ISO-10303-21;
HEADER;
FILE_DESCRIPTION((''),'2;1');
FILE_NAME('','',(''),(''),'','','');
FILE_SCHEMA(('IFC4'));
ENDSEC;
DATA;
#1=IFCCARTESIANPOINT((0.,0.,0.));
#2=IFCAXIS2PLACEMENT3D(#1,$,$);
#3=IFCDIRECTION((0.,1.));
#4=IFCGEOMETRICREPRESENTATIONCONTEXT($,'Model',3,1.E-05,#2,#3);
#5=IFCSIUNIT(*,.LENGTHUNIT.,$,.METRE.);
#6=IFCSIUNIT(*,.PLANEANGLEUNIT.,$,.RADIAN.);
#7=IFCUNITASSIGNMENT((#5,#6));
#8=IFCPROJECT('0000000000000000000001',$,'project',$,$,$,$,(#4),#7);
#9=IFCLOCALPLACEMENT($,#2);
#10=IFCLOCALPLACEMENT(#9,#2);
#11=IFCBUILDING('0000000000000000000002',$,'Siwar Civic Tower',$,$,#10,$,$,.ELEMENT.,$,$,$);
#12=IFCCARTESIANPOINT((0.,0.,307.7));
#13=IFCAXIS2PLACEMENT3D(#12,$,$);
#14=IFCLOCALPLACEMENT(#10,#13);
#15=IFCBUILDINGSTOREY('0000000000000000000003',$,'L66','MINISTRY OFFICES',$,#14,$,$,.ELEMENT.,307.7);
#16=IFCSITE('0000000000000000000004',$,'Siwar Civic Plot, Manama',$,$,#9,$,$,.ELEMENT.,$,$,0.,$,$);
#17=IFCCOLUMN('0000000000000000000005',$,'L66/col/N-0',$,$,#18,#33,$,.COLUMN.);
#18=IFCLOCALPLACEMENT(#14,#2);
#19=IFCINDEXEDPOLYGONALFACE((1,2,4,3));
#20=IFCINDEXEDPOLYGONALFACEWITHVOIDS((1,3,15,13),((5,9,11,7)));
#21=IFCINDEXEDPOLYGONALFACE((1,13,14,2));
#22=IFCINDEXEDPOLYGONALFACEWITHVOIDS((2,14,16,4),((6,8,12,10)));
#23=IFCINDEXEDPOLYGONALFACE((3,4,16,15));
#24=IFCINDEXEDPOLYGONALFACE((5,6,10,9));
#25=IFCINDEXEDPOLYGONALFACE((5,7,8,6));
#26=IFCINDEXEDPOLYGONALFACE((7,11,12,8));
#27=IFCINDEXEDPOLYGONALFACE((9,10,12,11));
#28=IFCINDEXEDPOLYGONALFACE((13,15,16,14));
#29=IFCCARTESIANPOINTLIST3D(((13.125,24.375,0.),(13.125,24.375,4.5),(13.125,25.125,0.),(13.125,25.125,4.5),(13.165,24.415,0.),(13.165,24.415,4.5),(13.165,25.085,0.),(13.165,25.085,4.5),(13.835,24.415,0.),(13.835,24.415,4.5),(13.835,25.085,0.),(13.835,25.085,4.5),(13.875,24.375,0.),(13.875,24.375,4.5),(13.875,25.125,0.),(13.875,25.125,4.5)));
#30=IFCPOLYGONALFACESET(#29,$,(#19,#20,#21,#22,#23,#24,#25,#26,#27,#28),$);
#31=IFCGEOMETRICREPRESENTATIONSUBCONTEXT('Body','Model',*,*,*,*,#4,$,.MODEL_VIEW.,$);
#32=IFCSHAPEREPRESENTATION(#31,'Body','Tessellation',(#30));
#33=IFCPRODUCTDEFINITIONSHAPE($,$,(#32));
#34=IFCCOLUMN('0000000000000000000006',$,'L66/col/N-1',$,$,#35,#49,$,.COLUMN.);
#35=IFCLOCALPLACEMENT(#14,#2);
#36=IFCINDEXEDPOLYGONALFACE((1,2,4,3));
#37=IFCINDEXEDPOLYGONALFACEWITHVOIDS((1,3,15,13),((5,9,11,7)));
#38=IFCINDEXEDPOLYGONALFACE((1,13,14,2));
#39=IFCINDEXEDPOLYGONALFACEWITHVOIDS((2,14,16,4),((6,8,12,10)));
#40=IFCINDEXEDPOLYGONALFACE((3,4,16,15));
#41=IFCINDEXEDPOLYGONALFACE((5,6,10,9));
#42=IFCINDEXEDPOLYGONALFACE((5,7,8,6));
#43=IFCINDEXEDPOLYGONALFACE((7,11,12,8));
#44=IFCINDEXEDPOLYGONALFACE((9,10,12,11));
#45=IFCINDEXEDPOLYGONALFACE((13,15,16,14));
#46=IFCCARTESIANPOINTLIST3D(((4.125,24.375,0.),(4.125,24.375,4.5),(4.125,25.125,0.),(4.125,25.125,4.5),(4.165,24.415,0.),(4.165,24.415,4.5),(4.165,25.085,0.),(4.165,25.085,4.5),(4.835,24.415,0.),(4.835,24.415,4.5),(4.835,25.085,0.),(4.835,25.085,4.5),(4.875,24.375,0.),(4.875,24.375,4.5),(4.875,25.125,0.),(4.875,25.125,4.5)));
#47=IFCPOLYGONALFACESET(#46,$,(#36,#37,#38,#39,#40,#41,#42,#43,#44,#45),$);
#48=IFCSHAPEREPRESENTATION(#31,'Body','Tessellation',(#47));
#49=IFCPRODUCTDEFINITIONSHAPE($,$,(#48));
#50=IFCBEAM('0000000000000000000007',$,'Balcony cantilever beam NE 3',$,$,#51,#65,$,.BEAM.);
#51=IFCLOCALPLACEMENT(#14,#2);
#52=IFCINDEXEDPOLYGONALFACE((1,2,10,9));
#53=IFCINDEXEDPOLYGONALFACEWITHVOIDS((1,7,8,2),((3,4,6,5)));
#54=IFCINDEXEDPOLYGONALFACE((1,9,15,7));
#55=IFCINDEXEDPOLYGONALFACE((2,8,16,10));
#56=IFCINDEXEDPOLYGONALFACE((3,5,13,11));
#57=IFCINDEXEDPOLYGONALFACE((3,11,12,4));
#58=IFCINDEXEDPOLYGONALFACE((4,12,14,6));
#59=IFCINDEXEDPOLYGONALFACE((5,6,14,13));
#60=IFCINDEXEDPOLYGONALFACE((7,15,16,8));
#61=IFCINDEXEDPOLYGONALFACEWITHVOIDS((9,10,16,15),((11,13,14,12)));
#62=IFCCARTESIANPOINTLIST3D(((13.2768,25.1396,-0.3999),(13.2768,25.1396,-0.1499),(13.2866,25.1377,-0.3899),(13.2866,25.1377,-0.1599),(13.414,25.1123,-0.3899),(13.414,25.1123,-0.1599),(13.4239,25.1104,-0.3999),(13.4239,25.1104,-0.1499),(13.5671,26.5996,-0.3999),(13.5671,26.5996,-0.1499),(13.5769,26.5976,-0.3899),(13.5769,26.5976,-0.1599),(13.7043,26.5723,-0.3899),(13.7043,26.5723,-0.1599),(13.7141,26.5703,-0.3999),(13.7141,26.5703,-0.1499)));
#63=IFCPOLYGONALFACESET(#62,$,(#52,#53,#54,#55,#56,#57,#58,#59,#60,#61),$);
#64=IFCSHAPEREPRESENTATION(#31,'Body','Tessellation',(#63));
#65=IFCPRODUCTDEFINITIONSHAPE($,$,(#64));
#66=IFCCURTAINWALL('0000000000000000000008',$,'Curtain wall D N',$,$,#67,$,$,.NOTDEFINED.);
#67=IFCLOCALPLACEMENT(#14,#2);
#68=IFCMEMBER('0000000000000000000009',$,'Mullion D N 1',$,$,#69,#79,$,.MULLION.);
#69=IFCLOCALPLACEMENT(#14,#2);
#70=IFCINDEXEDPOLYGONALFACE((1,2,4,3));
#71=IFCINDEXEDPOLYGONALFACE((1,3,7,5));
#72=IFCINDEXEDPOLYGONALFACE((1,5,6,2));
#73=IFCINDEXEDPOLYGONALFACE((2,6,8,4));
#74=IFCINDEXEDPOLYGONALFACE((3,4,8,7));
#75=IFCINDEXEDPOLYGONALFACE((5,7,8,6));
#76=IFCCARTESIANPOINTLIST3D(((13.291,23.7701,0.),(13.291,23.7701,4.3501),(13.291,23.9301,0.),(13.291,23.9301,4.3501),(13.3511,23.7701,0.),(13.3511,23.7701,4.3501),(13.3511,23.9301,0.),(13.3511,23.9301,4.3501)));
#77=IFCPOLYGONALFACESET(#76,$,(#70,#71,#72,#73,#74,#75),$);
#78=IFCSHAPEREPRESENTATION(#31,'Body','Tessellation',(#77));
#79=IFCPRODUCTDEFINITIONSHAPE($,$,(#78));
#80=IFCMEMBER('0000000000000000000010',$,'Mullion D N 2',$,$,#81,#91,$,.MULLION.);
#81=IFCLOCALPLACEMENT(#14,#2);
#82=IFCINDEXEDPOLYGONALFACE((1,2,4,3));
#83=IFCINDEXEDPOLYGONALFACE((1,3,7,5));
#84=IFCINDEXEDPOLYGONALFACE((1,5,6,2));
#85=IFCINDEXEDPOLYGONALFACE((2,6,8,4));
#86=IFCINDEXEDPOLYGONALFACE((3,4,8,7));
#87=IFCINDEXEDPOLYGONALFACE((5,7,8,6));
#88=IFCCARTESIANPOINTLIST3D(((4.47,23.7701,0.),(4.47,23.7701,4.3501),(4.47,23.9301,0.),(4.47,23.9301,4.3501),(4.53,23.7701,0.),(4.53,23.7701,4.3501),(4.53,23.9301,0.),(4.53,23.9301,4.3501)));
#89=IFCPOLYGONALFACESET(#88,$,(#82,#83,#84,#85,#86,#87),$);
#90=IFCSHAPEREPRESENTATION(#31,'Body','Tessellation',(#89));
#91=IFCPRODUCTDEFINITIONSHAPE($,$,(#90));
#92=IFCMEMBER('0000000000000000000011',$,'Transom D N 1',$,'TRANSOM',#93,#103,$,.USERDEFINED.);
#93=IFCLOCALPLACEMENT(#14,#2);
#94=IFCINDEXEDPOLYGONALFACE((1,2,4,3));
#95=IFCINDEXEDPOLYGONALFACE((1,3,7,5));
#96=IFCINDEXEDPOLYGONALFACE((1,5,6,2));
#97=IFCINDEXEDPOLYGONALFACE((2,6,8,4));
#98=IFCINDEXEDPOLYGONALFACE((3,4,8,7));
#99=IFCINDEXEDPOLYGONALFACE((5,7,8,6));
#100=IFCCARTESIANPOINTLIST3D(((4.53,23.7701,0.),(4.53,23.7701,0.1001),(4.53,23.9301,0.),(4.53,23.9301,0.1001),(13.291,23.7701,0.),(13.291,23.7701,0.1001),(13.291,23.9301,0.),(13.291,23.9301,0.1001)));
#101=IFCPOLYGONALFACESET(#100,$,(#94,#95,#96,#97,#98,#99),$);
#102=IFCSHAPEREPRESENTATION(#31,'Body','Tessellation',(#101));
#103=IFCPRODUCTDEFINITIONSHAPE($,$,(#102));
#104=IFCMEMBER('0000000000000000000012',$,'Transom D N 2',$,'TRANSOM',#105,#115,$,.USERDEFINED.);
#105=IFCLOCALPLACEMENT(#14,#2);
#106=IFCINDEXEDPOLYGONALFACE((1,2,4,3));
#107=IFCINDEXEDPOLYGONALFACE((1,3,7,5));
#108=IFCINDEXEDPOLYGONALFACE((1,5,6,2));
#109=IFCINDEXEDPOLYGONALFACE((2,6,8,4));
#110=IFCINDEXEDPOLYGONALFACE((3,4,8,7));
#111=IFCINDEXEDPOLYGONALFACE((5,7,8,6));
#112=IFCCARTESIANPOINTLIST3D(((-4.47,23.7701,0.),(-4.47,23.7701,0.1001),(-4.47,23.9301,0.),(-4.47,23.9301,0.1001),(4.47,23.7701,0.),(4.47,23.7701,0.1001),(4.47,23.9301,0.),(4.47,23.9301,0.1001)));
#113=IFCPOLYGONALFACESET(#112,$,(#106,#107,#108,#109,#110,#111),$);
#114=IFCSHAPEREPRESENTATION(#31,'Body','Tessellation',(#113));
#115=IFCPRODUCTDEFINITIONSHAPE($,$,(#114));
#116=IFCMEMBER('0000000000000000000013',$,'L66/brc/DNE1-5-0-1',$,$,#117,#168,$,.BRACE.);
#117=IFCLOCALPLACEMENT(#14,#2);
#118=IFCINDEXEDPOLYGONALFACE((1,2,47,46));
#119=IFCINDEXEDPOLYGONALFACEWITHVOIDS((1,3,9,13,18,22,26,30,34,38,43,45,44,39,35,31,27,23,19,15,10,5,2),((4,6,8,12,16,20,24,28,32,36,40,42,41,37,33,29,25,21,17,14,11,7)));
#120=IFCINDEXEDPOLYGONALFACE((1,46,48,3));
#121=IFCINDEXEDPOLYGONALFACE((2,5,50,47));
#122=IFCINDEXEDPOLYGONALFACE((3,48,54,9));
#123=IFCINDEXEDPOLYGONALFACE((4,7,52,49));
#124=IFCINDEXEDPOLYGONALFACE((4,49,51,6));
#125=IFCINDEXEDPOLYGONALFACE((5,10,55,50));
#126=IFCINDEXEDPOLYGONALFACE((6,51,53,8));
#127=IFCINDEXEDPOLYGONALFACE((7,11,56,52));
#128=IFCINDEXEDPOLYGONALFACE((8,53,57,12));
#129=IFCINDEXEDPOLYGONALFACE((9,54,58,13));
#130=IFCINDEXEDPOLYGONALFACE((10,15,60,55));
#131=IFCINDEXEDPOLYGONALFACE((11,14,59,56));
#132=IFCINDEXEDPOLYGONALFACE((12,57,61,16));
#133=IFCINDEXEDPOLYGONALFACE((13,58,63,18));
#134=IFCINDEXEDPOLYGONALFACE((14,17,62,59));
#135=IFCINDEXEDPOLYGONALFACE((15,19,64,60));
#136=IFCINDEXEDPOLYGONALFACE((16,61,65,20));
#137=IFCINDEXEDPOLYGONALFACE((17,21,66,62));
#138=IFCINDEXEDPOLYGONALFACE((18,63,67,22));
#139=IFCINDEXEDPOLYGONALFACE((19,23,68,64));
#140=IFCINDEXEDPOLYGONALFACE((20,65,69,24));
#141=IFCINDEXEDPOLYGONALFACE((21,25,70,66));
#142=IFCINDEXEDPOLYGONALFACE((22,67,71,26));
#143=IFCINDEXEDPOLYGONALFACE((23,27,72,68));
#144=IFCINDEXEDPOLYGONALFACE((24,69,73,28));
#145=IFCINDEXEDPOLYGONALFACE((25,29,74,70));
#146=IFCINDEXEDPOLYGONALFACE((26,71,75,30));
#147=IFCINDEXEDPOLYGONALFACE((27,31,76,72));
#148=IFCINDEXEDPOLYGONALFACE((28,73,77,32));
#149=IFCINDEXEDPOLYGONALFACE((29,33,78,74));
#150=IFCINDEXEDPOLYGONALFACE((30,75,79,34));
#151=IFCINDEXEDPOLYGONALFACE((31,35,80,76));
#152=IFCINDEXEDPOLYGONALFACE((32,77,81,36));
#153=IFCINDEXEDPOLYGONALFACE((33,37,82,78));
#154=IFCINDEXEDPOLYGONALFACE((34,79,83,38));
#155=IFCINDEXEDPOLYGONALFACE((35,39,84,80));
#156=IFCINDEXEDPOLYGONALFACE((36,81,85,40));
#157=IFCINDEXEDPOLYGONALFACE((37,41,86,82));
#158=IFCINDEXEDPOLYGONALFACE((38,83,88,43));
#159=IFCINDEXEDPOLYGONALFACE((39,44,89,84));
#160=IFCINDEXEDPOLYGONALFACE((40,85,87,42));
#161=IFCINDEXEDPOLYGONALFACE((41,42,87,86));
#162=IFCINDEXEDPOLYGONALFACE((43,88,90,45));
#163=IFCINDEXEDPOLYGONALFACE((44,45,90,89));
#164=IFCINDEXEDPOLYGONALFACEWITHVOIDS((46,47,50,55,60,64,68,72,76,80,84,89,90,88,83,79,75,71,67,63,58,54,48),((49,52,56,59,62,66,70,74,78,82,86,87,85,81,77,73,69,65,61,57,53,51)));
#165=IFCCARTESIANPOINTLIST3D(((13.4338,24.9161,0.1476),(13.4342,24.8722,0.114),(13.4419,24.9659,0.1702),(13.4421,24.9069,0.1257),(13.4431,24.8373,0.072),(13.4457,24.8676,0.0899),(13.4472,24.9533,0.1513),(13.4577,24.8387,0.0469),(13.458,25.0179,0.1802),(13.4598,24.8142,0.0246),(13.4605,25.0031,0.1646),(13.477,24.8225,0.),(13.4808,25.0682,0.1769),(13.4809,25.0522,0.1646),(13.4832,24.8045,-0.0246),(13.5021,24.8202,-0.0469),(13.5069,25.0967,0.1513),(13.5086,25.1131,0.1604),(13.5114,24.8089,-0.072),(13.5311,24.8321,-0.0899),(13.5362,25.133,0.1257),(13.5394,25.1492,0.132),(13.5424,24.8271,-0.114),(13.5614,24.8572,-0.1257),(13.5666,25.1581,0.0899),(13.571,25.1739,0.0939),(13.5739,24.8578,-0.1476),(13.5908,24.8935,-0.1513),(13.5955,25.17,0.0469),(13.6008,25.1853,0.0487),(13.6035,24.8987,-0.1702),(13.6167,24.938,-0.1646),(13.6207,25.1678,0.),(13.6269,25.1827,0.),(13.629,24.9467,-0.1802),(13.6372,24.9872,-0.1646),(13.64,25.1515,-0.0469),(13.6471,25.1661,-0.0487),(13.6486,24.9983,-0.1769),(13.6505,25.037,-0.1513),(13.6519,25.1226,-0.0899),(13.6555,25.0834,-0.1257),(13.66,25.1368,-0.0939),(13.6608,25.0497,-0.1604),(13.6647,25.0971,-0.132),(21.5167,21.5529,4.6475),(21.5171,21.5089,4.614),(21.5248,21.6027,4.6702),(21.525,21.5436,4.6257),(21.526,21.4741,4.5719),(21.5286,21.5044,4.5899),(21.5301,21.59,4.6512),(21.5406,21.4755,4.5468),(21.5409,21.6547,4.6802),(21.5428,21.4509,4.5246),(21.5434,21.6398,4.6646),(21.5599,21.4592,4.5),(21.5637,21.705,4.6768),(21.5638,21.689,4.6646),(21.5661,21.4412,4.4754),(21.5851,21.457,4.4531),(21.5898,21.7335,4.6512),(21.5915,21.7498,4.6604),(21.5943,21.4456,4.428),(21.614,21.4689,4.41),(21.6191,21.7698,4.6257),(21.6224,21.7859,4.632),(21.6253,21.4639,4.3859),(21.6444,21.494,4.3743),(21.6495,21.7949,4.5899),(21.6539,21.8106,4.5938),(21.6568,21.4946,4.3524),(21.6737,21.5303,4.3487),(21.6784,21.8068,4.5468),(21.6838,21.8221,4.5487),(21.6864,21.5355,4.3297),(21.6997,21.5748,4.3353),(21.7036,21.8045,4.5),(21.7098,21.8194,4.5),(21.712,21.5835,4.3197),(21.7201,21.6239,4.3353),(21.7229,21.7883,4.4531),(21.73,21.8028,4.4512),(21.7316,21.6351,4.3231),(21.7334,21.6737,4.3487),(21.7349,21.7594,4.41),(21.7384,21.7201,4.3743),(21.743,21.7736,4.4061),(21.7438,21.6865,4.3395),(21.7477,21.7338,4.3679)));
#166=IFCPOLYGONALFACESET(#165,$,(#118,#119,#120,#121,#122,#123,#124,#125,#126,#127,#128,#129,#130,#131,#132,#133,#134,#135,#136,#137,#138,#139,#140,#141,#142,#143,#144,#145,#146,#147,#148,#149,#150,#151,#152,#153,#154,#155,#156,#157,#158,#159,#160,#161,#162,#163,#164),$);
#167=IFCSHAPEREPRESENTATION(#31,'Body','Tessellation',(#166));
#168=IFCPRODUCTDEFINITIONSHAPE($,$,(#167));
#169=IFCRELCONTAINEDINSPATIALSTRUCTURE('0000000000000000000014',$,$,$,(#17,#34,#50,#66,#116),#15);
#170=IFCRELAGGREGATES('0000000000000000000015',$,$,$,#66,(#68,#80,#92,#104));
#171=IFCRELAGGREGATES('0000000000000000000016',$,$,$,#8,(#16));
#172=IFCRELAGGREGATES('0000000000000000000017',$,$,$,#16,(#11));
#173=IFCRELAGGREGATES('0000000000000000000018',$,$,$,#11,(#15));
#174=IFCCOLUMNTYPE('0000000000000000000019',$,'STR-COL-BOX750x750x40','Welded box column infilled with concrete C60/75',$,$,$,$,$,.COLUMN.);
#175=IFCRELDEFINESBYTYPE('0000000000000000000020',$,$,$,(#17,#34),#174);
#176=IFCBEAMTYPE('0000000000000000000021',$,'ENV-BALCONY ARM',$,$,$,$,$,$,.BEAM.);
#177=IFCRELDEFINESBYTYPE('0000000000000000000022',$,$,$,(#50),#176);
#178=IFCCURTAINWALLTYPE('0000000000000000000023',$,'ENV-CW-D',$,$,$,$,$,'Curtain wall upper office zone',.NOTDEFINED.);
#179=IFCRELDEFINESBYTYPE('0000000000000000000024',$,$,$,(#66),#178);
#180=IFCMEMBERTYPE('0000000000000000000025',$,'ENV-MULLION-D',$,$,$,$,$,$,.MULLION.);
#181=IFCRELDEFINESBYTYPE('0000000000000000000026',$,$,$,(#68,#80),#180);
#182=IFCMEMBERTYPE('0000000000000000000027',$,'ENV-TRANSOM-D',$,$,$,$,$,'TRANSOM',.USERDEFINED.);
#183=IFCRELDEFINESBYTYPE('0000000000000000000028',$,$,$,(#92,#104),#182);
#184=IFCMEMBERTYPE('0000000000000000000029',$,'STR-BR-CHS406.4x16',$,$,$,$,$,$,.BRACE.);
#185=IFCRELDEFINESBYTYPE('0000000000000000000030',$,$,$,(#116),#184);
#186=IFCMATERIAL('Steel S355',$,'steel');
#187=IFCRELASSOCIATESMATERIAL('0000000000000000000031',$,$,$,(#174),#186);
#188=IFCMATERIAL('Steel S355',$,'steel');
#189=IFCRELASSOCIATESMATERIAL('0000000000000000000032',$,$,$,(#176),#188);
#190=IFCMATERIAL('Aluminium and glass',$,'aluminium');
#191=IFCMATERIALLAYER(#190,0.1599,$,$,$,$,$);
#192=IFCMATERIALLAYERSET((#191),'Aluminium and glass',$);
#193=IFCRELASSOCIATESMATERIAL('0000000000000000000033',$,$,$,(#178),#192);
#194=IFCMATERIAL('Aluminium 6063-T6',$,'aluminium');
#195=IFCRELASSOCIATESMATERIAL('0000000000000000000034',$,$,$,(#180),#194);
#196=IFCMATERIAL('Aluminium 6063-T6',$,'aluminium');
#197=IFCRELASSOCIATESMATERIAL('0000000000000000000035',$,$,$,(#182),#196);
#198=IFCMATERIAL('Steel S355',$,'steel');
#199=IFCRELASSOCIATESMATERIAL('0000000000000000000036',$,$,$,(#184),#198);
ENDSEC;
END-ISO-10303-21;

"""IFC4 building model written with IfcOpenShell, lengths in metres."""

from ifc_helpers import new_model, si_unit, direction, frame, origin, origin_2d, place, context, subcontext, project, spatial, rectangle, hollow_rectangle, hollow_circle, extrude, material, layer, layer_set, material_profile, profile_set, type_object, element, aggregate, save


model = new_model("IFC4")

# Units and contexts
model_context = context("Model", 3, precision=1e-05, world=origin(), true_north=direction((0.0, 1.0)))
body_context = subcontext(model_context, "Body", "Model", "MODEL_VIEW")
ifc_project = project(units=[si_unit("LENGTHUNIT", "METRE"), si_unit("PLANEANGLEUNIT", "RADIAN")], contexts=[model_context])

# Site, building, storey
site_placement = place(None, origin())
site = spatial("IfcSite", under=ifc_project, at=site_placement, Name="Siwar Civic Plot, Manama", CompositionType="ELEMENT", RefElevation=0.0)
building_placement = place(site_placement, origin())
building = spatial("IfcBuilding", under=site, at=building_placement, Name="Siwar Civic Tower", CompositionType="ELEMENT")
storey_placement = place(building_placement, frame((0.0, 0.0, 307.7)))
storey = spatial("IfcBuildingStorey", under=building, at=storey_placement, Name="L66", Description="MINISTRY OFFICES", CompositionType="ELEMENT", Elevation=307.7)

# Columns
ifc_material_1 = material(Name="Steel S355", Category="steel")
ifc_material_profile_1 = material_profile(ifc_material_1, hollow_rectangle(XDim=0.75, YDim=0.75, WallThickness=0.04, at=origin_2d()), Name="BOX750x750x40")
ifc_profile_set_1 = profile_set([ifc_material_profile_1], Name="Steel S355")
column_type = type_object("IfcColumnType", Name="STR-COL-BOX750x750x40", Description="Welded box column infilled with concrete C60/75", PredefinedType="COLUMN", material=ifc_profile_set_1)
for number, where, z_axis, x_axis, name in (
    (1, (13.5, 24.75, 0.0), (0.0, 0.0, 1.0), (1.0, 0.0, 0.0), "L66/col/N-0"),
    (2, (4.5, 24.75, 0.0), (0.0, 0.0, 1.0), (1.0, 0.0, 0.0), "L66/col/N-1"),
):
    element("IfcColumn", number, at=place(storey_placement, frame(where, z_axis=z_axis, x_axis=x_axis)), inside=storey, type_object=column_type, Name=name, PredefinedType="COLUMN", context=body_context, shape_type="SweptSolid", body=[
        extrude(hollow_rectangle(XDim=0.75, YDim=0.75, WallThickness=0.04, at=origin_2d()), origin(), (0.0, 0.0, 1.0), 4.5),
    ])

# Beam
ifc_material_2 = material(Name="Steel S355", Category="steel")
ifc_material_profile_2 = material_profile(ifc_material_2, hollow_rectangle(XDim=0.1499, YDim=0.25, WallThickness=0.01, at=origin_2d()), Name="RHS250x150x10")
ifc_profile_set_2 = profile_set([ifc_material_profile_2], Name="Steel S355")
beam_type_1 = type_object("IfcBeamType", Name="ENV-BALCONY ARM", PredefinedType="BEAM", material=ifc_profile_set_2)
beam_1_placement = place(storey_placement, frame((13.3503, 25.125, -0.2749), z_axis=(0.195012, 0.980801, 0.0), x_axis=(-0.980801, 0.195012, 0.0)))
element("IfcBeam", 3, at=beam_1_placement, inside=storey, type_object=beam_type_1, Name="Balcony cantilever beam NE 3", PredefinedType="BEAM", context=body_context, shape_type="SweptSolid", body=[
    extrude(hollow_rectangle(XDim=0.1499, YDim=0.25, WallThickness=0.01, at=origin_2d()), origin(), (0.0, 0.0, 1.0), 1.4885),
])

# Curtain wall, members
ifc_material_3 = material(Name="Aluminium and glass", Category="aluminium")
ifc_layer_1 = layer(ifc_material_3, 0.1599)
ifc_layer_set_1 = layer_set([ifc_layer_1], Name="Aluminium and glass")
curtain_wall_type = type_object("IfcCurtainWallType", Name="ENV-CW-D", ElementType="Curtain wall upper office zone", PredefinedType="NOTDEFINED", material=ifc_layer_set_1)
curtain_wall_placement = place(storey_placement, origin())
curtain_wall = element("IfcCurtainWall", 4, at=curtain_wall_placement, inside=storey, type_object=curtain_wall_type, Name="Curtain wall D N", PredefinedType="NOTDEFINED")
ifc_material_4 = material(Name="Aluminium 6063-T6", Category="aluminium")
ifc_material_profile_3 = material_profile(ifc_material_4, rectangle(XDim=0.1599, YDim=0.0601, at=origin_2d()), Name="AL 160x60")
ifc_profile_set_3 = profile_set([ifc_material_profile_3], Name="Aluminium 6063-T6")
member_type_1 = type_object("IfcMemberType", Name="ENV-MULLION-D", PredefinedType="MULLION", material=ifc_profile_set_3)
member_1_placement = place(storey_placement, frame((13.321, 23.8501, 0.0), z_axis=(0.0, 0.0, 1.0), x_axis=(0.0, -1.0, 0.0)))
member_1 = element("IfcMember", 5, at=member_1_placement, type_object=member_type_1, Name="Mullion D N 1", PredefinedType="MULLION", context=body_context, shape_type="SweptSolid", body=[
    extrude(rectangle(XDim=0.1599, YDim=0.0601, at=origin_2d()), origin(), (0.0, 0.0, 1.0), 4.3501),
])
member_2_placement = place(storey_placement, frame((4.5, 23.8501, 0.0), z_axis=(0.0, 0.0, 1.0), x_axis=(0.0, -1.0, 0.0)))
member_2 = element("IfcMember", 6, at=member_2_placement, type_object=member_type_1, Name="Mullion D N 2", PredefinedType="MULLION", context=body_context, shape_type="SweptSolid", body=[
    extrude(rectangle(XDim=0.1599, YDim=0.0601, at=origin_2d()), origin(), (0.0, 0.0, 1.0), 4.3501),
])
ifc_material_5 = material(Name="Aluminium 6063-T6", Category="aluminium")
ifc_material_profile_4 = material_profile(ifc_material_5, rectangle(XDim=0.1599, YDim=0.1001, at=origin_2d()), Name="AL 160x100")
ifc_profile_set_4 = profile_set([ifc_material_profile_4], Name="Aluminium 6063-T6")
member_type_2 = type_object("IfcMemberType", Name="ENV-TRANSOM-D", ElementType="TRANSOM", PredefinedType="USERDEFINED", material=ifc_profile_set_4)
member_3_placement = place(storey_placement, frame((13.291, 23.8501, 0.05), z_axis=(-1.0, 0.0, 0.0), x_axis=(0.0, -1.0, 0.0)))
member_3 = element("IfcMember", 7, at=member_3_placement, type_object=member_type_2, Name="Transom D N 1", ObjectType="TRANSOM", PredefinedType="USERDEFINED", context=body_context, shape_type="SweptSolid", body=[
    extrude(rectangle(XDim=0.1599, YDim=0.1001, at=origin_2d()), origin(), (0.0, 0.0, 1.0), 8.761),
])
member_4_placement = place(storey_placement, frame((4.47, 23.8501, 0.05), z_axis=(-1.0, 0.0, 0.0), x_axis=(0.0, -1.0, 0.0)))
member_4 = element("IfcMember", 8, at=member_4_placement, type_object=member_type_2, Name="Transom D N 2", ObjectType="TRANSOM", PredefinedType="USERDEFINED", context=body_context, shape_type="SweptSolid", body=[
    extrude(rectangle(XDim=0.1599, YDim=0.1001, at=origin_2d()), origin(), (0.0, 0.0, 1.0), 8.9399),
])

# Member
ifc_material_6 = material(Name="Steel S355", Category="steel")
ifc_material_profile_5 = material_profile(ifc_material_6, hollow_circle(Radius=0.2031, WallThickness=0.0161, at=origin_2d()), Name="CHS406.4x16")
ifc_profile_set_5 = profile_set([ifc_material_profile_5], Name="Steel S355")
member_type_3 = type_object("IfcMemberType", Name="STR-BR-CHS406.4x16", PredefinedType="BRACE", material=ifc_profile_set_5)
member_5_placement = place(storey_placement, frame((13.5488, 24.9951, 0.0), z_axis=(0.821143, -0.341671, 0.457149), x_axis=(0.384164, 0.923265, 0.0)))
element("IfcMember", 9, at=member_5_placement, inside=storey, type_object=member_type_3, Name="L66/brc/DNE1-5-0-1", PredefinedType="BRACE", context=body_context, shape_type="SweptSolid", body=[
    extrude(hollow_circle(Radius=0.2031, WallThickness=0.0161, at=origin_2d()), origin(), (0.0, 0.0, 1.0), 9.8435),
])

aggregate(curtain_wall, [member_1, member_2, member_3, member_4])

save(model, "model.ifc")
